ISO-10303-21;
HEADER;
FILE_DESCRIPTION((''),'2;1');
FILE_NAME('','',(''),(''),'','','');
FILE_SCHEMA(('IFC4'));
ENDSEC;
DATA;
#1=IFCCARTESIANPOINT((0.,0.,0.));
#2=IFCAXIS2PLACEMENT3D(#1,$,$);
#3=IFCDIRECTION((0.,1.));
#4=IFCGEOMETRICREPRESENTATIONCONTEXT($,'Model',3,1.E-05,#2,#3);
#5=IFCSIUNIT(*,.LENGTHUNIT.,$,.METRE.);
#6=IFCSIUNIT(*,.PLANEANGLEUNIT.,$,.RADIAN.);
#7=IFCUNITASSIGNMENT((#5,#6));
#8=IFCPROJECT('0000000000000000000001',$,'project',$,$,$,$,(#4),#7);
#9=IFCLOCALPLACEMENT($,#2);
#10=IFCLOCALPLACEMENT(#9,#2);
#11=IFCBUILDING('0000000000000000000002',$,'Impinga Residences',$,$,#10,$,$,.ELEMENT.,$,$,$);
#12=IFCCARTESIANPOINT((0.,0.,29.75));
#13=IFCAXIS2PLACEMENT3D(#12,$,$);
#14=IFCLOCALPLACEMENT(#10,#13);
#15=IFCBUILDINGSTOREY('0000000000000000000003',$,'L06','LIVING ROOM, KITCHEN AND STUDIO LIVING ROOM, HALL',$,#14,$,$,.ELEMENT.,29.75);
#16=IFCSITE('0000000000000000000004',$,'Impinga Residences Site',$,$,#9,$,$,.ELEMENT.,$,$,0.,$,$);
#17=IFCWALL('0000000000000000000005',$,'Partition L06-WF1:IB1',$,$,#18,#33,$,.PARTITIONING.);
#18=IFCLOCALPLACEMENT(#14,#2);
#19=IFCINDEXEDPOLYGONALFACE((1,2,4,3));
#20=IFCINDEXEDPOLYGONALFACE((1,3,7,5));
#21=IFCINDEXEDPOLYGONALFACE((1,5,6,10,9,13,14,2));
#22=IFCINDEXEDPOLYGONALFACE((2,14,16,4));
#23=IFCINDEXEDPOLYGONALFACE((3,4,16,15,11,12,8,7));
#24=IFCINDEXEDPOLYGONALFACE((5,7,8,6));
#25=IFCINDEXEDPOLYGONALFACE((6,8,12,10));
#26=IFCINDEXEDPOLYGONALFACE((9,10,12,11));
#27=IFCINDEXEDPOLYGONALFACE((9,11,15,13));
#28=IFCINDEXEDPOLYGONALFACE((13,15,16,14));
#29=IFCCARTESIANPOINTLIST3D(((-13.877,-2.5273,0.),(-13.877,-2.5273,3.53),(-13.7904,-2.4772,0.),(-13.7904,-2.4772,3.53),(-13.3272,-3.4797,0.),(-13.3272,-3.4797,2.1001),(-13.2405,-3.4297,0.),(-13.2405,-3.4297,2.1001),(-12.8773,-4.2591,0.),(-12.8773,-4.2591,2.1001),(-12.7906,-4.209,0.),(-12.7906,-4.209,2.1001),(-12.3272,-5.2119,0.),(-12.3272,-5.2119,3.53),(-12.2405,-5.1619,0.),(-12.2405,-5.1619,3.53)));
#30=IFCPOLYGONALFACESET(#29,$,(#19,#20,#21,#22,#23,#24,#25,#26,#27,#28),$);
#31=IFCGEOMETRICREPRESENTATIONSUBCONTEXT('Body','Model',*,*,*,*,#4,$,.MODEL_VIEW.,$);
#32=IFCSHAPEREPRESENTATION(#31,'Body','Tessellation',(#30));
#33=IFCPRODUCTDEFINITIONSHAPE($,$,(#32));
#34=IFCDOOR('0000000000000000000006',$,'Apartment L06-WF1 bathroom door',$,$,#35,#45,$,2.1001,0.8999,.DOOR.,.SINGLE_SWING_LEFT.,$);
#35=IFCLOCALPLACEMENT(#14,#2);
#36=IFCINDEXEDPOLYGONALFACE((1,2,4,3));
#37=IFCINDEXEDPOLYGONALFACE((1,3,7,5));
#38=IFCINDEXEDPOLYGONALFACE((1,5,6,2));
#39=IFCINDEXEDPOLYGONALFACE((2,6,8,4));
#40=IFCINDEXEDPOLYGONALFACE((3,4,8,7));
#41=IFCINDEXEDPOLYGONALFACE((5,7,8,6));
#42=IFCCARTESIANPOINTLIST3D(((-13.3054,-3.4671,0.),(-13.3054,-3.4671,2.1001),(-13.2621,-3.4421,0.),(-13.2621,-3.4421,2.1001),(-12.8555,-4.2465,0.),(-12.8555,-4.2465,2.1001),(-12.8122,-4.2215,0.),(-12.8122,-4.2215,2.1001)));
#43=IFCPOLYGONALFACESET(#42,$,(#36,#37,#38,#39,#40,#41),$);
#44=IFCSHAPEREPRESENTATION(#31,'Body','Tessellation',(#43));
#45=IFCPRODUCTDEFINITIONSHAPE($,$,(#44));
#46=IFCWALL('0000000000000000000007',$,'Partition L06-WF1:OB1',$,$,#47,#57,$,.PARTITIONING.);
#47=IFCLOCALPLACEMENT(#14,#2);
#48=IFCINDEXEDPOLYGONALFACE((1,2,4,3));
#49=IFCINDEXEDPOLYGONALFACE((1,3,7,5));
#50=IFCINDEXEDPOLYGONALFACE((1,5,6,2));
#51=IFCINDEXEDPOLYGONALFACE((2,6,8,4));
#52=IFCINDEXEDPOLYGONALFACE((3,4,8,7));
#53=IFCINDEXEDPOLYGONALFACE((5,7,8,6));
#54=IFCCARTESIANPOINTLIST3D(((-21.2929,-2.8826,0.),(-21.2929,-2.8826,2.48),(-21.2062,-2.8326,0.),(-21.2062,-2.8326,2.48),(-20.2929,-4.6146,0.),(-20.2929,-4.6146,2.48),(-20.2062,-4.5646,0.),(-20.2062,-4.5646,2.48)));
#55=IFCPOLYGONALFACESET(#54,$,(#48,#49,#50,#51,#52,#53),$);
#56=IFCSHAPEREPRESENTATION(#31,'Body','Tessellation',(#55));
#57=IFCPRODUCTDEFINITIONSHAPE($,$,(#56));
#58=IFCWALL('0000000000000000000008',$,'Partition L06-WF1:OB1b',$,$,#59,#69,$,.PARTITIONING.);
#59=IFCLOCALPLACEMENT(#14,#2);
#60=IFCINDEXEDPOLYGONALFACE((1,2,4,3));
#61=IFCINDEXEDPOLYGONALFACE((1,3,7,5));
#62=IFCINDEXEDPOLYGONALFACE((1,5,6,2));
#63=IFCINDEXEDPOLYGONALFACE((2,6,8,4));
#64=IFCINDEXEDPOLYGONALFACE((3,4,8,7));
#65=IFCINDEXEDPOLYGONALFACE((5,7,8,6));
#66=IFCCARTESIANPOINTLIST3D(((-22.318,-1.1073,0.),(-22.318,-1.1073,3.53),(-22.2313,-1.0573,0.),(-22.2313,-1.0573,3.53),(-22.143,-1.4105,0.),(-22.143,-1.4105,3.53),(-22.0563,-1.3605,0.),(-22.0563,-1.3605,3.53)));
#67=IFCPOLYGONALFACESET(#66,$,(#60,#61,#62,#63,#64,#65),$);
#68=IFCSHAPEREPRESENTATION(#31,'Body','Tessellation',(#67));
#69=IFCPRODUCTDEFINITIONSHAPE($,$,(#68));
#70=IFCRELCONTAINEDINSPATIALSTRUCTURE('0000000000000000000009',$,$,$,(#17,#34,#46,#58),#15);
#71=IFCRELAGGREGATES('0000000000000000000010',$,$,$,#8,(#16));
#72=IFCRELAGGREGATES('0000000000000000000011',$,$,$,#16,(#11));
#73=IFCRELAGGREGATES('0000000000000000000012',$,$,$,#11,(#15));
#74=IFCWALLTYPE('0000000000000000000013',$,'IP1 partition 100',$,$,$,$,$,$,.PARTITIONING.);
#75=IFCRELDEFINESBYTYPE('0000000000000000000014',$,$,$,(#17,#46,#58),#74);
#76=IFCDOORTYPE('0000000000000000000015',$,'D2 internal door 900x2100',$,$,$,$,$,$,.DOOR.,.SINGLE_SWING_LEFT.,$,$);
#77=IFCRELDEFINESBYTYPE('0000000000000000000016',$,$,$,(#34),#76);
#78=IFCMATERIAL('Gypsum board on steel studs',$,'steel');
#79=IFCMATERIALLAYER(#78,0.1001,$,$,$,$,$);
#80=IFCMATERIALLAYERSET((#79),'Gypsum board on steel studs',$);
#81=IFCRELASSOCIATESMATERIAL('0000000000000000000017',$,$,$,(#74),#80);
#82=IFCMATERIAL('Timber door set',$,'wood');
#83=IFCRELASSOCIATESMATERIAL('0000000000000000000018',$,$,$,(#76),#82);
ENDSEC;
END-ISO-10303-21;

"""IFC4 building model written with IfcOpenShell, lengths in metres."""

from ifc_helpers import new_model, si_unit, direction, frame, frame_2d, origin, place, context, subcontext, project, spatial, rectangle, extrude, material, layer, layer_set, type_object, element, fill, save


model = new_model("IFC4")

# Units and contexts
model_context = context("Model", 3, precision=1e-05, world=origin(), true_north=direction((0.0, 1.0)))
body_context = subcontext(model_context, "Body", "Model", "MODEL_VIEW")
ifc_project = project(units=[si_unit("LENGTHUNIT", "METRE"), si_unit("PLANEANGLEUNIT", "RADIAN")], contexts=[model_context])

# Site, building, storey
site_placement = place(None, origin())
site = spatial("IfcSite", under=ifc_project, at=site_placement, Name="Impinga Residences Site", CompositionType="ELEMENT", RefElevation=0.0)
building_placement = place(site_placement, origin())
building = spatial("IfcBuilding", under=site, at=building_placement, Name="Impinga Residences", CompositionType="ELEMENT")
storey_placement = place(building_placement, frame((0.0, 0.0, 29.75)))
storey = spatial("IfcBuildingStorey", under=building, at=storey_placement, Name="L06", Description="LIVING ROOM, KITCHEN AND STUDIO LIVING ROOM, HALL", CompositionType="ELEMENT", Elevation=29.75)

# Shared definitions
ifc_material_1 = material(Name="Gypsum board on steel studs", Category="steel")
ifc_layer_1 = layer(ifc_material_1, 0.1001)
ifc_layer_set_1 = layer_set([ifc_layer_1], Name="Gypsum board on steel studs")
wall_type_1 = type_object("IfcWallType", Name="IP1 partition 100", PredefinedType="PARTITIONING", material=ifc_layer_set_1)

# Shared definitions
ifc_material_2 = material(Name="Timber door set", Category="wood")
door_type = type_object("IfcDoorType", Name="D2 internal door 900x2100", OperationType="SINGLE_SWING_LEFT", PredefinedType="DOOR", material=ifc_material_2)

# Wall, opening, door
wall_1_placement = place(storey_placement, frame((-12.2839, -5.1868, 0.0), z_axis=(0.0, 0.0, 1.0), x_axis=(-0.499968, 0.866044, 0.0)))
wall_1 = element("IfcWall", 1, at=wall_1_placement, inside=storey, type_object=wall_type_1, Name="Partition L06-WF1:IB1", PredefinedType="PARTITIONING", context=body_context, shape_type="SweptSolid", body=[
    extrude(rectangle(XDim=3.0999, YDim=0.1001, at=frame_2d((1.5498, 0.0))), origin(), (0.0, 0.0, 1.0), 3.53),
])
opening_1_placement = place(wall_1_placement, frame((1.1001, 0.0, 0.0)))
opening_1 = element("IfcOpeningElement", 2, at=opening_1_placement, cuts=wall_1, PredefinedType="OPENING", context=body_context, shape_type="SweptSolid", body=[
    extrude(rectangle(XDim=0.8999, YDim=2.1001, at=frame_2d((0.45, 1.05))), frame((0.0, 0.0601, 0.0), z_axis=(0.0, -1.0, 0.0), x_axis=(1.0, 0.0, 0.0)), (0.0, 0.0, 1.0), 0.1201),
])
door_1_placement = place(opening_1_placement, origin())
door_1 = element("IfcDoor", 3, at=door_1_placement, inside=storey, type_object=door_type, Name="Apartment L06-WF1 bathroom door", OperationType="SINGLE_SWING_LEFT", OverallHeight=2.1001, OverallWidth=0.8999, PredefinedType="DOOR", context=body_context, shape_type="SweptSolid", body=[
    extrude(rectangle(XDim=0.8999, YDim=2.1001, at=frame_2d((0.45, 1.05))), frame((0.0, 0.0249, 0.0), z_axis=(0.0, -1.0, 0.0), x_axis=(1.0, 0.0, 0.0)), (0.0, 0.0, 1.0), 0.05),
])
fill(opening_1, door_1)

# Walls
wall_2_placement = place(storey_placement, frame((-20.2495, -4.5896, 0.0), z_axis=(0.0, 0.0, 1.0), x_axis=(-0.500025, 0.866011, 0.0)))
element("IfcWall", 4, at=wall_2_placement, inside=storey, type_object=wall_type_1, Name="Partition L06-WF1:OB1", PredefinedType="PARTITIONING", context=body_context, shape_type="SweptSolid", body=[
    extrude(rectangle(XDim=2.0, YDim=0.1001, at=frame_2d((1.0, 0.0))), origin(), (0.0, 0.0, 1.0), 2.48),
])
wall_3_placement = place(storey_placement, frame((-22.0996, -1.3855, 0.0), z_axis=(0.0, 0.0, 1.0), x_axis=(-0.499964, 0.866046, 0.0)))
element("IfcWall", 5, at=wall_3_placement, inside=storey, type_object=wall_type_1, Name="Partition L06-WF1:OB1b", PredefinedType="PARTITIONING", context=body_context, shape_type="SweptSolid", body=[
    extrude(rectangle(XDim=0.3501, YDim=0.1001, at=frame_2d((0.175, 0.0))), origin(), (0.0, 0.0, 1.0), 3.53),
])

save(model, "model.ifc")
